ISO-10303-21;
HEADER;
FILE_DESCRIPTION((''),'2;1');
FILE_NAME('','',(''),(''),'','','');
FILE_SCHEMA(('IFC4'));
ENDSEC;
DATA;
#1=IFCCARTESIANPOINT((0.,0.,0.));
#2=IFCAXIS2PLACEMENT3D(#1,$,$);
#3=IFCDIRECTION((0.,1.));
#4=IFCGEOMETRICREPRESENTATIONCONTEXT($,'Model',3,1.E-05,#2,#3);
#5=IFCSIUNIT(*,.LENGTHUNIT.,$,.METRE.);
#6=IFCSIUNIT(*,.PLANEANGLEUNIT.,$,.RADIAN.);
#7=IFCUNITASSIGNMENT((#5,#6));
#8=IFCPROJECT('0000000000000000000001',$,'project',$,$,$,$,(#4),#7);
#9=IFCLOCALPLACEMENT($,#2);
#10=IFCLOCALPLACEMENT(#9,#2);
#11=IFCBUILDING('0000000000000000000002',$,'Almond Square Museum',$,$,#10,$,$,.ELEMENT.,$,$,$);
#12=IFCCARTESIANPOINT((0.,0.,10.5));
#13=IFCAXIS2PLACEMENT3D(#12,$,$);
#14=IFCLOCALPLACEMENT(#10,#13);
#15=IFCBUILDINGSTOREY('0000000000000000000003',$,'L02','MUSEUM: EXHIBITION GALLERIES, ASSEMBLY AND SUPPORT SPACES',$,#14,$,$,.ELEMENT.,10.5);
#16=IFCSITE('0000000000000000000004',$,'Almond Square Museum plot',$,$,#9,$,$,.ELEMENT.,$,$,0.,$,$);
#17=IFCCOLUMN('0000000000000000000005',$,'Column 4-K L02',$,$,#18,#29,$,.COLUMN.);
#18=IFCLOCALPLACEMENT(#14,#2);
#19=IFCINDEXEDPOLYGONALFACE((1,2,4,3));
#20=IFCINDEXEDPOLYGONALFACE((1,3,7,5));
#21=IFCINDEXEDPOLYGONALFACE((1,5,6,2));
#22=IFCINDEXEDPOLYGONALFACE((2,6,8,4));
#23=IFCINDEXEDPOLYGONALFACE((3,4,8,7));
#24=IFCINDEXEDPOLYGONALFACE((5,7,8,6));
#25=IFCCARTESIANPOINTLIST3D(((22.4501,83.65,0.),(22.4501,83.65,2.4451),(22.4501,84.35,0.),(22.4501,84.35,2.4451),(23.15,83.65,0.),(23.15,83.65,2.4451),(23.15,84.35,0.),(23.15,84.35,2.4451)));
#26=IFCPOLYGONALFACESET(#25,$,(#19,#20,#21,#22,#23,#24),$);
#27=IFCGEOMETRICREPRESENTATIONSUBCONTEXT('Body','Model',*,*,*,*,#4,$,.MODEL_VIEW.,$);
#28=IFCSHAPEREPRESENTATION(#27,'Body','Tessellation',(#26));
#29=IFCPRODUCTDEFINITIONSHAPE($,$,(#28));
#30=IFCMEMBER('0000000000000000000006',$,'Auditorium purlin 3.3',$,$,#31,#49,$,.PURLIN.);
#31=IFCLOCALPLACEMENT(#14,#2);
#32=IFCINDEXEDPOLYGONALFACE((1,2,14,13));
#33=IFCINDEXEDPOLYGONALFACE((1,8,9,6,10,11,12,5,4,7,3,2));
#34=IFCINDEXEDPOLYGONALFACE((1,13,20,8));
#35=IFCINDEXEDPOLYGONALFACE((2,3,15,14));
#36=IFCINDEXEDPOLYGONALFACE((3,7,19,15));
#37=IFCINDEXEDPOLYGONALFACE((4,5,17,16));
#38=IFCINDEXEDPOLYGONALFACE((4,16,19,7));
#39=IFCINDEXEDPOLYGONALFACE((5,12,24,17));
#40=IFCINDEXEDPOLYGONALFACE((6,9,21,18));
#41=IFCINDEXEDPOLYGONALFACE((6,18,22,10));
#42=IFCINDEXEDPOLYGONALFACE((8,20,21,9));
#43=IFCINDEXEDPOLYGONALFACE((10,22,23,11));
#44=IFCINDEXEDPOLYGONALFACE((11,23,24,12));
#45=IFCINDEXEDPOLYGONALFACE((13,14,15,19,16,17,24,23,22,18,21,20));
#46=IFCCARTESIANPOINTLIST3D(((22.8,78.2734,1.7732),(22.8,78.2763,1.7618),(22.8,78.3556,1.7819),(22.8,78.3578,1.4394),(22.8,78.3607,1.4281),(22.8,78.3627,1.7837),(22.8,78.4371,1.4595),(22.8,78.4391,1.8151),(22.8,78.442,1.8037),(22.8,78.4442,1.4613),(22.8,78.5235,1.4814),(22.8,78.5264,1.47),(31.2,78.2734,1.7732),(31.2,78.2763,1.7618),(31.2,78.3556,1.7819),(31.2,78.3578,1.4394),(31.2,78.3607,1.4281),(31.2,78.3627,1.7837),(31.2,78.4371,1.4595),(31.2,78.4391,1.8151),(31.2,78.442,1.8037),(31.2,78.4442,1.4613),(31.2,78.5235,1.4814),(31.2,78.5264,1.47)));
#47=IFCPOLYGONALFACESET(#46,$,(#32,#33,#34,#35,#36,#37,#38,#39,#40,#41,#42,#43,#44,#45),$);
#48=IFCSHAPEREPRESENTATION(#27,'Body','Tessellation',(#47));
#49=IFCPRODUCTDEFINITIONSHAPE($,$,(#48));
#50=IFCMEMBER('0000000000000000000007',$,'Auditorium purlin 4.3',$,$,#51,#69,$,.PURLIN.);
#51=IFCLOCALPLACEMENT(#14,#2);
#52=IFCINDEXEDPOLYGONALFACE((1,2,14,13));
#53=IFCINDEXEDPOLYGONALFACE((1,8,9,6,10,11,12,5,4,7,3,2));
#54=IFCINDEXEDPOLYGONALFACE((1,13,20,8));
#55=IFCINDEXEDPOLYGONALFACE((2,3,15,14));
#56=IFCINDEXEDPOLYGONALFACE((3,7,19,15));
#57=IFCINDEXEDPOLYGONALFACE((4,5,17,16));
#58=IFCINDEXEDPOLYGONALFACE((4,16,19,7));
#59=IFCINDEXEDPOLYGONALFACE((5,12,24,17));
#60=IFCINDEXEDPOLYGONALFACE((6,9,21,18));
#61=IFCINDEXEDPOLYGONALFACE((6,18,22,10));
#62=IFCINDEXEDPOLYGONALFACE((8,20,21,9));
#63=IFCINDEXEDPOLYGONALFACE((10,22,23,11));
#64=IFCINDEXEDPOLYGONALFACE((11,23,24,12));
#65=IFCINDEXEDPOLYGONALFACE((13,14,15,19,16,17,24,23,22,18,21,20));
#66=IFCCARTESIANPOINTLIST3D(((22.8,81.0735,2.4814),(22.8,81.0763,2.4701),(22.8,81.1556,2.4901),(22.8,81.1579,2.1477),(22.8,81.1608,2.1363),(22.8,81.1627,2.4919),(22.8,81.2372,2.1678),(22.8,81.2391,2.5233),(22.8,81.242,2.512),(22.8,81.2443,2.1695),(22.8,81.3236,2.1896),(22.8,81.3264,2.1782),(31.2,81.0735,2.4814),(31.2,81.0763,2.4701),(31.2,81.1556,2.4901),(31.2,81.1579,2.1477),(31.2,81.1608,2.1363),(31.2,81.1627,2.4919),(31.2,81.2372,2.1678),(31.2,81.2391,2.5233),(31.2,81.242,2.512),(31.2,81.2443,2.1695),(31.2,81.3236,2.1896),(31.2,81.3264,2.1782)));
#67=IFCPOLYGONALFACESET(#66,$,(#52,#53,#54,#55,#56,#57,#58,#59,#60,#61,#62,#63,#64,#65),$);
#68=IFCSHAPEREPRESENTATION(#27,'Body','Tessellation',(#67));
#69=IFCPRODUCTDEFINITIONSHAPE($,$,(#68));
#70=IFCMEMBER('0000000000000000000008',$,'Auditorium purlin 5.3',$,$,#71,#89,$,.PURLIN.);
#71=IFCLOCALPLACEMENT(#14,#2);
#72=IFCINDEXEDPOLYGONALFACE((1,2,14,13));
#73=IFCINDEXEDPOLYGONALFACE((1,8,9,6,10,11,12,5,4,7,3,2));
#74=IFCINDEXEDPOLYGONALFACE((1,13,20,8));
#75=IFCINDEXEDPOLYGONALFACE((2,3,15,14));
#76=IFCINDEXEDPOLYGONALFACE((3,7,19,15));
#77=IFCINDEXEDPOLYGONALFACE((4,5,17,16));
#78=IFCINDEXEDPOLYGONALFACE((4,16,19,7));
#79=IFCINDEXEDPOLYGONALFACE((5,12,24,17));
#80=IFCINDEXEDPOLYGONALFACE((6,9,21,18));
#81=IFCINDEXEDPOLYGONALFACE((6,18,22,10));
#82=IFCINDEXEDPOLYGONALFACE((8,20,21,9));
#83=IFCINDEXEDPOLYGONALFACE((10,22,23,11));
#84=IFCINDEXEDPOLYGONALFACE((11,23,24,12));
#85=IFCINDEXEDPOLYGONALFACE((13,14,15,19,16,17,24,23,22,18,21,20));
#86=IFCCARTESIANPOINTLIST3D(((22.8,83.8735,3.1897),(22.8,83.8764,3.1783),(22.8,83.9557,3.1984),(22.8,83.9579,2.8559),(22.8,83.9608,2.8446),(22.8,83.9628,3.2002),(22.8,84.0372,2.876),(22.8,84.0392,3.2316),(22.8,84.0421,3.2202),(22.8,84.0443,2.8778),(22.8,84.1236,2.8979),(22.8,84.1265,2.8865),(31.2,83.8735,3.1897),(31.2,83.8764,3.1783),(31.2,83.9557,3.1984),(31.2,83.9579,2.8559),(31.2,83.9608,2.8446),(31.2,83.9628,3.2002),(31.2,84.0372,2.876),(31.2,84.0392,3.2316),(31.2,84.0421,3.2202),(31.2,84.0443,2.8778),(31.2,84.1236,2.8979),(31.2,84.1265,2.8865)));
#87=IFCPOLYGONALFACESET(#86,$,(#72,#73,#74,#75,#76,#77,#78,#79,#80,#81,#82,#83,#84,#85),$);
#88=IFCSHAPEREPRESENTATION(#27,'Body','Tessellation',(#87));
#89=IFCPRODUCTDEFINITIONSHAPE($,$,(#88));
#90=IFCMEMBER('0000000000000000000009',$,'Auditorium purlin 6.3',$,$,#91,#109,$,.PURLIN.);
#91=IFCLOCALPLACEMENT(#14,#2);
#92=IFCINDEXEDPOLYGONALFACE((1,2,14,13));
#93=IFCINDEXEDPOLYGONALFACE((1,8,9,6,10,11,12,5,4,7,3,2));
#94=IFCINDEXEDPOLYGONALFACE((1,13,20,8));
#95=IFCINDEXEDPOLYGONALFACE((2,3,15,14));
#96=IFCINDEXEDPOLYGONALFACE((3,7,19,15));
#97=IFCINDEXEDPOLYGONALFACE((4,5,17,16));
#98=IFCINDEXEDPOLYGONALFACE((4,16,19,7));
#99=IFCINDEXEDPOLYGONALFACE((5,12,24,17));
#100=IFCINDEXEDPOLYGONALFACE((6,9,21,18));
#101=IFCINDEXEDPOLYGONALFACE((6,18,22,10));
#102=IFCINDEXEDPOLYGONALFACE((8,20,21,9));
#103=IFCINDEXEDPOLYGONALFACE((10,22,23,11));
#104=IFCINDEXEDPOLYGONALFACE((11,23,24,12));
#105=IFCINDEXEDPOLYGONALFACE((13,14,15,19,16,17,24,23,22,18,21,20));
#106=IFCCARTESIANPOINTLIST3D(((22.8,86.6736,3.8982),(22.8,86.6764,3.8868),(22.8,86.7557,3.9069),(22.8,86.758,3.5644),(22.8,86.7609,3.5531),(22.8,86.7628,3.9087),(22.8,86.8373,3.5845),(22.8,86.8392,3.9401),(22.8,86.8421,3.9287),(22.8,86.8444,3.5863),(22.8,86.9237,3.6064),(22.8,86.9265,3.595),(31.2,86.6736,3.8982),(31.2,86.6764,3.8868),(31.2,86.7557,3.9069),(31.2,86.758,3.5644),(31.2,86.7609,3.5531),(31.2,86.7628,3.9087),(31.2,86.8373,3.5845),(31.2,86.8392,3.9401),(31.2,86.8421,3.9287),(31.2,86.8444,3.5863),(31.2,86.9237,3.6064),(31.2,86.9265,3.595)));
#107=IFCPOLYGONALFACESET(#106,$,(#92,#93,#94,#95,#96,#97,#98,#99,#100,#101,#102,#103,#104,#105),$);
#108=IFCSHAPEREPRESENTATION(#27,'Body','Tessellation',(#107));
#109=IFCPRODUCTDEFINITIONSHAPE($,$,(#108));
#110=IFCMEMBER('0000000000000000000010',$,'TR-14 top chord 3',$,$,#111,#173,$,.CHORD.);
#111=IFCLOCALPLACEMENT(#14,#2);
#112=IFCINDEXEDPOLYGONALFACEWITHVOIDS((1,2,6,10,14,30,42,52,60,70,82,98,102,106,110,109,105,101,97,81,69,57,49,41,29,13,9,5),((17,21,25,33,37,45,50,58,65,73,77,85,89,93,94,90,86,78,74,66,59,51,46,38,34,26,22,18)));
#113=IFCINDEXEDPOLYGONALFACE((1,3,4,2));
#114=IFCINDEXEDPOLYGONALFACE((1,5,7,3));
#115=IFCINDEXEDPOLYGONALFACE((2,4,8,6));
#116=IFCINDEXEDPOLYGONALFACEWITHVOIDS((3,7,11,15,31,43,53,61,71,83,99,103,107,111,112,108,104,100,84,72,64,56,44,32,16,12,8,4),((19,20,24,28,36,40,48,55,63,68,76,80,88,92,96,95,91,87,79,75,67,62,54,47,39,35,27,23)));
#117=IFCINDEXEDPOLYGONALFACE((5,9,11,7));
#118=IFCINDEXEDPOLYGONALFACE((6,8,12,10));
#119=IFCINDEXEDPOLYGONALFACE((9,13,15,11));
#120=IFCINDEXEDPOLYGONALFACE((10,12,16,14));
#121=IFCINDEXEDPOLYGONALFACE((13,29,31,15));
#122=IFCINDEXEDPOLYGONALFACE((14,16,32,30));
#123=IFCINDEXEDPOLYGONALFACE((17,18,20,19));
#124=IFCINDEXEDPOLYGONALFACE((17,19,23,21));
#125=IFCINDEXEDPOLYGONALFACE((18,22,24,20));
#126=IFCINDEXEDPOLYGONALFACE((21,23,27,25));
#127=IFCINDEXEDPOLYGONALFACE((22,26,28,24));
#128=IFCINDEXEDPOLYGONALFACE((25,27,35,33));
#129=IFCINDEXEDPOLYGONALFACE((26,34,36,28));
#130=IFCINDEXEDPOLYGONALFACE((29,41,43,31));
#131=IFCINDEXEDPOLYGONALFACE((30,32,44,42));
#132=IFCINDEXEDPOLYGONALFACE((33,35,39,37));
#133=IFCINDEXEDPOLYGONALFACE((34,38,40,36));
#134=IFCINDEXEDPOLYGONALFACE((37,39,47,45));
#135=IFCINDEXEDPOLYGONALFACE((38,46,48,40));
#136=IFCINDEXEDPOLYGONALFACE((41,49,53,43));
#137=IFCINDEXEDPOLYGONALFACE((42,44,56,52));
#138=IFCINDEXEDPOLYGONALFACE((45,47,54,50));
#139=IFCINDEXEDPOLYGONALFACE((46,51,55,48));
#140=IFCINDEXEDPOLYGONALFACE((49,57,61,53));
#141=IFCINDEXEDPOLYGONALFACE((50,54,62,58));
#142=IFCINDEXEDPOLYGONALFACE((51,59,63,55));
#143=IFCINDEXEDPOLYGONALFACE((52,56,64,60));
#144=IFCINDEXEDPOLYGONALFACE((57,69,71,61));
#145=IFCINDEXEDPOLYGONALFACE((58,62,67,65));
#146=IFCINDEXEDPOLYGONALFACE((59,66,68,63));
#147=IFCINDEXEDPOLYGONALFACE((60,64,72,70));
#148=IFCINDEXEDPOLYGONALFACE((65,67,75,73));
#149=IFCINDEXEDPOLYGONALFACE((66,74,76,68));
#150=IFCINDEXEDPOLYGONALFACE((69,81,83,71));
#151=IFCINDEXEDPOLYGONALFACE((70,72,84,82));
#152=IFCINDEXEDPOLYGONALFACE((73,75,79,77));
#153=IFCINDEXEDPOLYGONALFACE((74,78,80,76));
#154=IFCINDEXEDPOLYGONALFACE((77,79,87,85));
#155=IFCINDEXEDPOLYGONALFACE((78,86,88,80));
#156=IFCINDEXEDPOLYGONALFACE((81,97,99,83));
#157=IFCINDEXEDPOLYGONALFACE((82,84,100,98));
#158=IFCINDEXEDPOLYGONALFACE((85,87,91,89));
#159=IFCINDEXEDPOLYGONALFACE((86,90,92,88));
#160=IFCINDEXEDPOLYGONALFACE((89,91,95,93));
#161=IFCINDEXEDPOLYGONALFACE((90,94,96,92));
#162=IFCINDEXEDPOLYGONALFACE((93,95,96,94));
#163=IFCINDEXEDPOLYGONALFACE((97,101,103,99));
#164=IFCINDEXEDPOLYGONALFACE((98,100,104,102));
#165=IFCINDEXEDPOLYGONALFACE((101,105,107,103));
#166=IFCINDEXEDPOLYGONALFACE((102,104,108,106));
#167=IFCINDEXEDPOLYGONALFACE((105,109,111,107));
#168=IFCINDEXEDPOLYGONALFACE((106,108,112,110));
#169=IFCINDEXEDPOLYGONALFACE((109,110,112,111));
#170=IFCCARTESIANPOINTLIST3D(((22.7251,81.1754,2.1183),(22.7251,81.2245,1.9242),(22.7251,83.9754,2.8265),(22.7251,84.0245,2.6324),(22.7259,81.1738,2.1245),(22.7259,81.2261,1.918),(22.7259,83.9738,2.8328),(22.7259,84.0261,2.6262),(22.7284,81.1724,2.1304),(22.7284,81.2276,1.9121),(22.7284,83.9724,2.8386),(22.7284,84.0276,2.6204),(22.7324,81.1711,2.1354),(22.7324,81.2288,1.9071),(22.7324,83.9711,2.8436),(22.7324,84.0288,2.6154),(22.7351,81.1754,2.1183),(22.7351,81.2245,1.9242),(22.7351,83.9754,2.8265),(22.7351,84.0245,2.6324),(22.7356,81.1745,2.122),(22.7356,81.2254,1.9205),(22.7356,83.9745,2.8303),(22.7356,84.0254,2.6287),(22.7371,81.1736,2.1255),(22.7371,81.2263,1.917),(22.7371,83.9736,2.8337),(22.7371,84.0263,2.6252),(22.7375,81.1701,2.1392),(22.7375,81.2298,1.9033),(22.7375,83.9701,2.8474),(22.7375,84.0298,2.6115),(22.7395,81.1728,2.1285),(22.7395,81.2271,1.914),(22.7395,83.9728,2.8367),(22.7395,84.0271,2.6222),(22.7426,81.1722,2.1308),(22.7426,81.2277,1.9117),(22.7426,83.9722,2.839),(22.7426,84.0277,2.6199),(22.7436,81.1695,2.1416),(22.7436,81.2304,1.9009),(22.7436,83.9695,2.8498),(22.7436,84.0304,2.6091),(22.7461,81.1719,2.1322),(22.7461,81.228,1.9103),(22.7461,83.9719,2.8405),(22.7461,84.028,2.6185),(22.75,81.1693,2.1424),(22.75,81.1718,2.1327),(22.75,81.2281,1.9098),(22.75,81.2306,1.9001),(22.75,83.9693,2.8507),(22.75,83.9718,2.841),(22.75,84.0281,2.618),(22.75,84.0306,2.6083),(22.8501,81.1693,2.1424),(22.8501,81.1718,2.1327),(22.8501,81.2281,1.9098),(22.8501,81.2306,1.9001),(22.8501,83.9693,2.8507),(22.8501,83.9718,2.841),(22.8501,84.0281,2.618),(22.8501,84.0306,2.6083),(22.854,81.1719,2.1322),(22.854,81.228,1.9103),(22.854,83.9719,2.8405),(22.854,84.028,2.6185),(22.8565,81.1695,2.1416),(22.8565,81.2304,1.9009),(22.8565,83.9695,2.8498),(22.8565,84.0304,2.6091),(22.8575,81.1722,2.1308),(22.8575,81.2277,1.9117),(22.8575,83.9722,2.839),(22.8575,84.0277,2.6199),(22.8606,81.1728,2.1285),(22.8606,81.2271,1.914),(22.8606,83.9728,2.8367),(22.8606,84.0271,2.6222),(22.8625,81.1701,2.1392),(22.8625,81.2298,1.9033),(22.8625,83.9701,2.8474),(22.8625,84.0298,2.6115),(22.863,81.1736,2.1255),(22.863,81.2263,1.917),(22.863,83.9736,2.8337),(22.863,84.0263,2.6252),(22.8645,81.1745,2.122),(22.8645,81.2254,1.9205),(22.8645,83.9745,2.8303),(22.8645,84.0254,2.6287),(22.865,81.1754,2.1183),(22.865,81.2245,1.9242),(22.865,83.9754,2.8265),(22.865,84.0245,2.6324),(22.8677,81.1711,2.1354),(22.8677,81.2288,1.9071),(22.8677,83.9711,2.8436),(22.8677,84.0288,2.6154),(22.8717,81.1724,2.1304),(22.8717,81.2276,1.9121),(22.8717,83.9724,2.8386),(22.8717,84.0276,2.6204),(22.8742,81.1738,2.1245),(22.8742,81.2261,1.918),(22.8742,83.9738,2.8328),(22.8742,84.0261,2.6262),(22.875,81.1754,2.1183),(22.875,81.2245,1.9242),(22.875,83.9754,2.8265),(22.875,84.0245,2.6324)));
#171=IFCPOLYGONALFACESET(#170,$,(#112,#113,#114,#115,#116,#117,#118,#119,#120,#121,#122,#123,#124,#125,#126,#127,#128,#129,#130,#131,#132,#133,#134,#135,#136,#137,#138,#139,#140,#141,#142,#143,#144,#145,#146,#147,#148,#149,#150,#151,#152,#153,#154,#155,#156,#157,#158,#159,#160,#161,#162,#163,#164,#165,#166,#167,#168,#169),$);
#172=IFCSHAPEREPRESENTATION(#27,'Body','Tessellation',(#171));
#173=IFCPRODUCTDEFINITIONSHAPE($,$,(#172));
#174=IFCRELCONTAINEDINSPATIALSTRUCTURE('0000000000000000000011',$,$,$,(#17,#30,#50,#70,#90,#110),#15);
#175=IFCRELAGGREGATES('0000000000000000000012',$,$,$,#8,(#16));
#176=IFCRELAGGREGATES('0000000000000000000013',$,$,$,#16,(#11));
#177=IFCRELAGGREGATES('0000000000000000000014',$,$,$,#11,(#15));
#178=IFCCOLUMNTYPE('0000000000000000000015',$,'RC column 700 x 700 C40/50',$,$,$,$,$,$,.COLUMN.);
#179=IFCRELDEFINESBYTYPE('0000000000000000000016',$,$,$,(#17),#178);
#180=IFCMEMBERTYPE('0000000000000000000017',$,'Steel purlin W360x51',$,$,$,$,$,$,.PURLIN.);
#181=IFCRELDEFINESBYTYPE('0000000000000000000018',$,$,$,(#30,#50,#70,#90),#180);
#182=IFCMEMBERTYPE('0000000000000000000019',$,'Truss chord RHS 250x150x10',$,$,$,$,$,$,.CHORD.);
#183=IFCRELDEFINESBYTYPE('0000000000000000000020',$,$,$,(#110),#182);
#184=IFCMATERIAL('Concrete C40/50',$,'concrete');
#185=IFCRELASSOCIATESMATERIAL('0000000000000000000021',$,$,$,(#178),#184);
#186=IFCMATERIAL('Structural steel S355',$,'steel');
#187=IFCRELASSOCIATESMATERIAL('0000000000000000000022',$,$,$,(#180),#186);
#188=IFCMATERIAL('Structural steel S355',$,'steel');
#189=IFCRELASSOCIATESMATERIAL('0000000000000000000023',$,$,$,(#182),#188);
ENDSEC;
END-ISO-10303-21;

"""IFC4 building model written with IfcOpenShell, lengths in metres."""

from ifc_helpers import new_model, si_unit, direction, frame, origin, origin_2d, place, context, subcontext, project, spatial, rectangle, hollow_rectangle, i_section, extrude, material, material_profile, profile_set, type_object, element, save


model = new_model("IFC4")

# Units and contexts
model_context = context("Model", 3, precision=1e-05, world=origin(), true_north=direction((0.0, 1.0)))
body_context = subcontext(model_context, "Body", "Model", "MODEL_VIEW")
ifc_project = project(units=[si_unit("LENGTHUNIT", "METRE"), si_unit("PLANEANGLEUNIT", "RADIAN")], contexts=[model_context])

# Site, building, storey
site_placement = place(None, origin())
site = spatial("IfcSite", under=ifc_project, at=site_placement, Name="Almond Square Museum plot", CompositionType="ELEMENT", RefElevation=0.0)
building_placement = place(site_placement, origin())
building = spatial("IfcBuilding", under=site, at=building_placement, Name="Almond Square Museum", CompositionType="ELEMENT")
storey_placement = place(building_placement, frame((0.0, 0.0, 10.5)))
storey = spatial("IfcBuildingStorey", under=building, at=storey_placement, Name="L02", Description="MUSEUM: EXHIBITION GALLERIES, ASSEMBLY AND SUPPORT SPACES", CompositionType="ELEMENT", Elevation=10.5)

# Column
ifc_material_1 = material(Name="Concrete C40/50", Category="concrete")
ifc_material_profile_1 = material_profile(ifc_material_1, rectangle(XDim=0.7, YDim=0.7, at=origin_2d()))
ifc_profile_set_1 = profile_set([ifc_material_profile_1], Name="Concrete C40/50")
column_type = type_object("IfcColumnType", Name="RC column 700 x 700 C40/50", PredefinedType="COLUMN", material=ifc_profile_set_1)
column_placement = place(storey_placement, frame((22.8, 84.0, 0.0), z_axis=(0.0, 0.0, 1.0), x_axis=(1.0, 0.0, 0.0)))
element("IfcColumn", 1, at=column_placement, inside=storey, type_object=column_type, Name="Column 4-K L02", PredefinedType="COLUMN", context=body_context, shape_type="SweptSolid", body=[
    extrude(rectangle(XDim=0.7, YDim=0.7, at=origin_2d()), origin(), (0.0, 0.0, 1.0), 2.4451),
])

# Members
ifc_material_2 = material(Name="Structural steel S355", Category="steel")
ifc_material_profile_2 = material_profile(ifc_material_2, i_section(OverallWidth=0.1709, OverallDepth=0.356, WebThickness=0.0073, FlangeThickness=0.0117, at=origin_2d()))
ifc_profile_set_2 = profile_set([ifc_material_profile_2], Name="Structural steel S355")
member_type_1 = type_object("IfcMemberType", Name="Steel purlin W360x51", PredefinedType="PURLIN", material=ifc_profile_set_2)
for number, where, z_axis, x_axis, name in (
    (2, (22.8, 78.3999, 1.6216), (1.0, 0.0, 0.0), (0.0, 0.96946, 0.24525), "Auditorium purlin 3.3"),
    (3, (22.8, 81.2, 2.3298), (1.0, 0.0, 0.0), (0.0, 0.96946, 0.24525), "Auditorium purlin 4.3"),
    (4, (22.8, 84.0, 3.0381), (1.0, 0.0, 0.0), (0.0, 0.96946, 0.24525), "Auditorium purlin 5.3"),
    (5, (22.8, 86.8, 3.7466), (1.0, 0.0, 0.0), (0.0, 0.96946, 0.24525), "Auditorium purlin 6.3"),
):
    element("IfcMember", number, at=place(storey_placement, frame(where, z_axis=z_axis, x_axis=x_axis)), inside=storey, type_object=member_type_1, Name=name, PredefinedType="PURLIN", context=body_context, shape_type="SweptSolid", body=[
        extrude(i_section(OverallWidth=0.1709, OverallDepth=0.356, WebThickness=0.0073, FlangeThickness=0.0117, at=origin_2d()), origin(), (0.0, 0.0, 1.0), 8.3999),
    ])
ifc_material_3 = material(Name="Structural steel S355", Category="steel")
ifc_material_profile_3 = material_profile(ifc_material_3, hollow_rectangle(XDim=0.1499, YDim=0.25, WallThickness=0.01, InnerFilletRadius=0.0149, OuterFilletRadius=0.0249, at=origin_2d()))
ifc_profile_set_3 = profile_set([ifc_material_profile_3], Name="Structural steel S355")
member_type_2 = type_object("IfcMemberType", Name="Truss chord RHS 250x150x10", PredefinedType="CHORD", material=ifc_profile_set_3)
for number, where, z_axis, x_axis, name in (
    (6, (22.8, 81.2, 2.0212), (0.0, 0.969468, 0.24522), (-1.0, 0.0, 0.0), "TR-14 top chord 3"),
):
    element("IfcMember", number, at=place(storey_placement, frame(where, z_axis=z_axis, x_axis=x_axis)), inside=storey, type_object=member_type_2, Name=name, PredefinedType="CHORD", context=body_context, shape_type="SweptSolid", body=[
        extrude(hollow_rectangle(XDim=0.1499, YDim=0.25, WallThickness=0.01, InnerFilletRadius=0.0149, OuterFilletRadius=0.0249, at=origin_2d()), origin(), (0.0, 0.0, 1.0), 2.8882),
    ])

save(model, "model.ifc")
